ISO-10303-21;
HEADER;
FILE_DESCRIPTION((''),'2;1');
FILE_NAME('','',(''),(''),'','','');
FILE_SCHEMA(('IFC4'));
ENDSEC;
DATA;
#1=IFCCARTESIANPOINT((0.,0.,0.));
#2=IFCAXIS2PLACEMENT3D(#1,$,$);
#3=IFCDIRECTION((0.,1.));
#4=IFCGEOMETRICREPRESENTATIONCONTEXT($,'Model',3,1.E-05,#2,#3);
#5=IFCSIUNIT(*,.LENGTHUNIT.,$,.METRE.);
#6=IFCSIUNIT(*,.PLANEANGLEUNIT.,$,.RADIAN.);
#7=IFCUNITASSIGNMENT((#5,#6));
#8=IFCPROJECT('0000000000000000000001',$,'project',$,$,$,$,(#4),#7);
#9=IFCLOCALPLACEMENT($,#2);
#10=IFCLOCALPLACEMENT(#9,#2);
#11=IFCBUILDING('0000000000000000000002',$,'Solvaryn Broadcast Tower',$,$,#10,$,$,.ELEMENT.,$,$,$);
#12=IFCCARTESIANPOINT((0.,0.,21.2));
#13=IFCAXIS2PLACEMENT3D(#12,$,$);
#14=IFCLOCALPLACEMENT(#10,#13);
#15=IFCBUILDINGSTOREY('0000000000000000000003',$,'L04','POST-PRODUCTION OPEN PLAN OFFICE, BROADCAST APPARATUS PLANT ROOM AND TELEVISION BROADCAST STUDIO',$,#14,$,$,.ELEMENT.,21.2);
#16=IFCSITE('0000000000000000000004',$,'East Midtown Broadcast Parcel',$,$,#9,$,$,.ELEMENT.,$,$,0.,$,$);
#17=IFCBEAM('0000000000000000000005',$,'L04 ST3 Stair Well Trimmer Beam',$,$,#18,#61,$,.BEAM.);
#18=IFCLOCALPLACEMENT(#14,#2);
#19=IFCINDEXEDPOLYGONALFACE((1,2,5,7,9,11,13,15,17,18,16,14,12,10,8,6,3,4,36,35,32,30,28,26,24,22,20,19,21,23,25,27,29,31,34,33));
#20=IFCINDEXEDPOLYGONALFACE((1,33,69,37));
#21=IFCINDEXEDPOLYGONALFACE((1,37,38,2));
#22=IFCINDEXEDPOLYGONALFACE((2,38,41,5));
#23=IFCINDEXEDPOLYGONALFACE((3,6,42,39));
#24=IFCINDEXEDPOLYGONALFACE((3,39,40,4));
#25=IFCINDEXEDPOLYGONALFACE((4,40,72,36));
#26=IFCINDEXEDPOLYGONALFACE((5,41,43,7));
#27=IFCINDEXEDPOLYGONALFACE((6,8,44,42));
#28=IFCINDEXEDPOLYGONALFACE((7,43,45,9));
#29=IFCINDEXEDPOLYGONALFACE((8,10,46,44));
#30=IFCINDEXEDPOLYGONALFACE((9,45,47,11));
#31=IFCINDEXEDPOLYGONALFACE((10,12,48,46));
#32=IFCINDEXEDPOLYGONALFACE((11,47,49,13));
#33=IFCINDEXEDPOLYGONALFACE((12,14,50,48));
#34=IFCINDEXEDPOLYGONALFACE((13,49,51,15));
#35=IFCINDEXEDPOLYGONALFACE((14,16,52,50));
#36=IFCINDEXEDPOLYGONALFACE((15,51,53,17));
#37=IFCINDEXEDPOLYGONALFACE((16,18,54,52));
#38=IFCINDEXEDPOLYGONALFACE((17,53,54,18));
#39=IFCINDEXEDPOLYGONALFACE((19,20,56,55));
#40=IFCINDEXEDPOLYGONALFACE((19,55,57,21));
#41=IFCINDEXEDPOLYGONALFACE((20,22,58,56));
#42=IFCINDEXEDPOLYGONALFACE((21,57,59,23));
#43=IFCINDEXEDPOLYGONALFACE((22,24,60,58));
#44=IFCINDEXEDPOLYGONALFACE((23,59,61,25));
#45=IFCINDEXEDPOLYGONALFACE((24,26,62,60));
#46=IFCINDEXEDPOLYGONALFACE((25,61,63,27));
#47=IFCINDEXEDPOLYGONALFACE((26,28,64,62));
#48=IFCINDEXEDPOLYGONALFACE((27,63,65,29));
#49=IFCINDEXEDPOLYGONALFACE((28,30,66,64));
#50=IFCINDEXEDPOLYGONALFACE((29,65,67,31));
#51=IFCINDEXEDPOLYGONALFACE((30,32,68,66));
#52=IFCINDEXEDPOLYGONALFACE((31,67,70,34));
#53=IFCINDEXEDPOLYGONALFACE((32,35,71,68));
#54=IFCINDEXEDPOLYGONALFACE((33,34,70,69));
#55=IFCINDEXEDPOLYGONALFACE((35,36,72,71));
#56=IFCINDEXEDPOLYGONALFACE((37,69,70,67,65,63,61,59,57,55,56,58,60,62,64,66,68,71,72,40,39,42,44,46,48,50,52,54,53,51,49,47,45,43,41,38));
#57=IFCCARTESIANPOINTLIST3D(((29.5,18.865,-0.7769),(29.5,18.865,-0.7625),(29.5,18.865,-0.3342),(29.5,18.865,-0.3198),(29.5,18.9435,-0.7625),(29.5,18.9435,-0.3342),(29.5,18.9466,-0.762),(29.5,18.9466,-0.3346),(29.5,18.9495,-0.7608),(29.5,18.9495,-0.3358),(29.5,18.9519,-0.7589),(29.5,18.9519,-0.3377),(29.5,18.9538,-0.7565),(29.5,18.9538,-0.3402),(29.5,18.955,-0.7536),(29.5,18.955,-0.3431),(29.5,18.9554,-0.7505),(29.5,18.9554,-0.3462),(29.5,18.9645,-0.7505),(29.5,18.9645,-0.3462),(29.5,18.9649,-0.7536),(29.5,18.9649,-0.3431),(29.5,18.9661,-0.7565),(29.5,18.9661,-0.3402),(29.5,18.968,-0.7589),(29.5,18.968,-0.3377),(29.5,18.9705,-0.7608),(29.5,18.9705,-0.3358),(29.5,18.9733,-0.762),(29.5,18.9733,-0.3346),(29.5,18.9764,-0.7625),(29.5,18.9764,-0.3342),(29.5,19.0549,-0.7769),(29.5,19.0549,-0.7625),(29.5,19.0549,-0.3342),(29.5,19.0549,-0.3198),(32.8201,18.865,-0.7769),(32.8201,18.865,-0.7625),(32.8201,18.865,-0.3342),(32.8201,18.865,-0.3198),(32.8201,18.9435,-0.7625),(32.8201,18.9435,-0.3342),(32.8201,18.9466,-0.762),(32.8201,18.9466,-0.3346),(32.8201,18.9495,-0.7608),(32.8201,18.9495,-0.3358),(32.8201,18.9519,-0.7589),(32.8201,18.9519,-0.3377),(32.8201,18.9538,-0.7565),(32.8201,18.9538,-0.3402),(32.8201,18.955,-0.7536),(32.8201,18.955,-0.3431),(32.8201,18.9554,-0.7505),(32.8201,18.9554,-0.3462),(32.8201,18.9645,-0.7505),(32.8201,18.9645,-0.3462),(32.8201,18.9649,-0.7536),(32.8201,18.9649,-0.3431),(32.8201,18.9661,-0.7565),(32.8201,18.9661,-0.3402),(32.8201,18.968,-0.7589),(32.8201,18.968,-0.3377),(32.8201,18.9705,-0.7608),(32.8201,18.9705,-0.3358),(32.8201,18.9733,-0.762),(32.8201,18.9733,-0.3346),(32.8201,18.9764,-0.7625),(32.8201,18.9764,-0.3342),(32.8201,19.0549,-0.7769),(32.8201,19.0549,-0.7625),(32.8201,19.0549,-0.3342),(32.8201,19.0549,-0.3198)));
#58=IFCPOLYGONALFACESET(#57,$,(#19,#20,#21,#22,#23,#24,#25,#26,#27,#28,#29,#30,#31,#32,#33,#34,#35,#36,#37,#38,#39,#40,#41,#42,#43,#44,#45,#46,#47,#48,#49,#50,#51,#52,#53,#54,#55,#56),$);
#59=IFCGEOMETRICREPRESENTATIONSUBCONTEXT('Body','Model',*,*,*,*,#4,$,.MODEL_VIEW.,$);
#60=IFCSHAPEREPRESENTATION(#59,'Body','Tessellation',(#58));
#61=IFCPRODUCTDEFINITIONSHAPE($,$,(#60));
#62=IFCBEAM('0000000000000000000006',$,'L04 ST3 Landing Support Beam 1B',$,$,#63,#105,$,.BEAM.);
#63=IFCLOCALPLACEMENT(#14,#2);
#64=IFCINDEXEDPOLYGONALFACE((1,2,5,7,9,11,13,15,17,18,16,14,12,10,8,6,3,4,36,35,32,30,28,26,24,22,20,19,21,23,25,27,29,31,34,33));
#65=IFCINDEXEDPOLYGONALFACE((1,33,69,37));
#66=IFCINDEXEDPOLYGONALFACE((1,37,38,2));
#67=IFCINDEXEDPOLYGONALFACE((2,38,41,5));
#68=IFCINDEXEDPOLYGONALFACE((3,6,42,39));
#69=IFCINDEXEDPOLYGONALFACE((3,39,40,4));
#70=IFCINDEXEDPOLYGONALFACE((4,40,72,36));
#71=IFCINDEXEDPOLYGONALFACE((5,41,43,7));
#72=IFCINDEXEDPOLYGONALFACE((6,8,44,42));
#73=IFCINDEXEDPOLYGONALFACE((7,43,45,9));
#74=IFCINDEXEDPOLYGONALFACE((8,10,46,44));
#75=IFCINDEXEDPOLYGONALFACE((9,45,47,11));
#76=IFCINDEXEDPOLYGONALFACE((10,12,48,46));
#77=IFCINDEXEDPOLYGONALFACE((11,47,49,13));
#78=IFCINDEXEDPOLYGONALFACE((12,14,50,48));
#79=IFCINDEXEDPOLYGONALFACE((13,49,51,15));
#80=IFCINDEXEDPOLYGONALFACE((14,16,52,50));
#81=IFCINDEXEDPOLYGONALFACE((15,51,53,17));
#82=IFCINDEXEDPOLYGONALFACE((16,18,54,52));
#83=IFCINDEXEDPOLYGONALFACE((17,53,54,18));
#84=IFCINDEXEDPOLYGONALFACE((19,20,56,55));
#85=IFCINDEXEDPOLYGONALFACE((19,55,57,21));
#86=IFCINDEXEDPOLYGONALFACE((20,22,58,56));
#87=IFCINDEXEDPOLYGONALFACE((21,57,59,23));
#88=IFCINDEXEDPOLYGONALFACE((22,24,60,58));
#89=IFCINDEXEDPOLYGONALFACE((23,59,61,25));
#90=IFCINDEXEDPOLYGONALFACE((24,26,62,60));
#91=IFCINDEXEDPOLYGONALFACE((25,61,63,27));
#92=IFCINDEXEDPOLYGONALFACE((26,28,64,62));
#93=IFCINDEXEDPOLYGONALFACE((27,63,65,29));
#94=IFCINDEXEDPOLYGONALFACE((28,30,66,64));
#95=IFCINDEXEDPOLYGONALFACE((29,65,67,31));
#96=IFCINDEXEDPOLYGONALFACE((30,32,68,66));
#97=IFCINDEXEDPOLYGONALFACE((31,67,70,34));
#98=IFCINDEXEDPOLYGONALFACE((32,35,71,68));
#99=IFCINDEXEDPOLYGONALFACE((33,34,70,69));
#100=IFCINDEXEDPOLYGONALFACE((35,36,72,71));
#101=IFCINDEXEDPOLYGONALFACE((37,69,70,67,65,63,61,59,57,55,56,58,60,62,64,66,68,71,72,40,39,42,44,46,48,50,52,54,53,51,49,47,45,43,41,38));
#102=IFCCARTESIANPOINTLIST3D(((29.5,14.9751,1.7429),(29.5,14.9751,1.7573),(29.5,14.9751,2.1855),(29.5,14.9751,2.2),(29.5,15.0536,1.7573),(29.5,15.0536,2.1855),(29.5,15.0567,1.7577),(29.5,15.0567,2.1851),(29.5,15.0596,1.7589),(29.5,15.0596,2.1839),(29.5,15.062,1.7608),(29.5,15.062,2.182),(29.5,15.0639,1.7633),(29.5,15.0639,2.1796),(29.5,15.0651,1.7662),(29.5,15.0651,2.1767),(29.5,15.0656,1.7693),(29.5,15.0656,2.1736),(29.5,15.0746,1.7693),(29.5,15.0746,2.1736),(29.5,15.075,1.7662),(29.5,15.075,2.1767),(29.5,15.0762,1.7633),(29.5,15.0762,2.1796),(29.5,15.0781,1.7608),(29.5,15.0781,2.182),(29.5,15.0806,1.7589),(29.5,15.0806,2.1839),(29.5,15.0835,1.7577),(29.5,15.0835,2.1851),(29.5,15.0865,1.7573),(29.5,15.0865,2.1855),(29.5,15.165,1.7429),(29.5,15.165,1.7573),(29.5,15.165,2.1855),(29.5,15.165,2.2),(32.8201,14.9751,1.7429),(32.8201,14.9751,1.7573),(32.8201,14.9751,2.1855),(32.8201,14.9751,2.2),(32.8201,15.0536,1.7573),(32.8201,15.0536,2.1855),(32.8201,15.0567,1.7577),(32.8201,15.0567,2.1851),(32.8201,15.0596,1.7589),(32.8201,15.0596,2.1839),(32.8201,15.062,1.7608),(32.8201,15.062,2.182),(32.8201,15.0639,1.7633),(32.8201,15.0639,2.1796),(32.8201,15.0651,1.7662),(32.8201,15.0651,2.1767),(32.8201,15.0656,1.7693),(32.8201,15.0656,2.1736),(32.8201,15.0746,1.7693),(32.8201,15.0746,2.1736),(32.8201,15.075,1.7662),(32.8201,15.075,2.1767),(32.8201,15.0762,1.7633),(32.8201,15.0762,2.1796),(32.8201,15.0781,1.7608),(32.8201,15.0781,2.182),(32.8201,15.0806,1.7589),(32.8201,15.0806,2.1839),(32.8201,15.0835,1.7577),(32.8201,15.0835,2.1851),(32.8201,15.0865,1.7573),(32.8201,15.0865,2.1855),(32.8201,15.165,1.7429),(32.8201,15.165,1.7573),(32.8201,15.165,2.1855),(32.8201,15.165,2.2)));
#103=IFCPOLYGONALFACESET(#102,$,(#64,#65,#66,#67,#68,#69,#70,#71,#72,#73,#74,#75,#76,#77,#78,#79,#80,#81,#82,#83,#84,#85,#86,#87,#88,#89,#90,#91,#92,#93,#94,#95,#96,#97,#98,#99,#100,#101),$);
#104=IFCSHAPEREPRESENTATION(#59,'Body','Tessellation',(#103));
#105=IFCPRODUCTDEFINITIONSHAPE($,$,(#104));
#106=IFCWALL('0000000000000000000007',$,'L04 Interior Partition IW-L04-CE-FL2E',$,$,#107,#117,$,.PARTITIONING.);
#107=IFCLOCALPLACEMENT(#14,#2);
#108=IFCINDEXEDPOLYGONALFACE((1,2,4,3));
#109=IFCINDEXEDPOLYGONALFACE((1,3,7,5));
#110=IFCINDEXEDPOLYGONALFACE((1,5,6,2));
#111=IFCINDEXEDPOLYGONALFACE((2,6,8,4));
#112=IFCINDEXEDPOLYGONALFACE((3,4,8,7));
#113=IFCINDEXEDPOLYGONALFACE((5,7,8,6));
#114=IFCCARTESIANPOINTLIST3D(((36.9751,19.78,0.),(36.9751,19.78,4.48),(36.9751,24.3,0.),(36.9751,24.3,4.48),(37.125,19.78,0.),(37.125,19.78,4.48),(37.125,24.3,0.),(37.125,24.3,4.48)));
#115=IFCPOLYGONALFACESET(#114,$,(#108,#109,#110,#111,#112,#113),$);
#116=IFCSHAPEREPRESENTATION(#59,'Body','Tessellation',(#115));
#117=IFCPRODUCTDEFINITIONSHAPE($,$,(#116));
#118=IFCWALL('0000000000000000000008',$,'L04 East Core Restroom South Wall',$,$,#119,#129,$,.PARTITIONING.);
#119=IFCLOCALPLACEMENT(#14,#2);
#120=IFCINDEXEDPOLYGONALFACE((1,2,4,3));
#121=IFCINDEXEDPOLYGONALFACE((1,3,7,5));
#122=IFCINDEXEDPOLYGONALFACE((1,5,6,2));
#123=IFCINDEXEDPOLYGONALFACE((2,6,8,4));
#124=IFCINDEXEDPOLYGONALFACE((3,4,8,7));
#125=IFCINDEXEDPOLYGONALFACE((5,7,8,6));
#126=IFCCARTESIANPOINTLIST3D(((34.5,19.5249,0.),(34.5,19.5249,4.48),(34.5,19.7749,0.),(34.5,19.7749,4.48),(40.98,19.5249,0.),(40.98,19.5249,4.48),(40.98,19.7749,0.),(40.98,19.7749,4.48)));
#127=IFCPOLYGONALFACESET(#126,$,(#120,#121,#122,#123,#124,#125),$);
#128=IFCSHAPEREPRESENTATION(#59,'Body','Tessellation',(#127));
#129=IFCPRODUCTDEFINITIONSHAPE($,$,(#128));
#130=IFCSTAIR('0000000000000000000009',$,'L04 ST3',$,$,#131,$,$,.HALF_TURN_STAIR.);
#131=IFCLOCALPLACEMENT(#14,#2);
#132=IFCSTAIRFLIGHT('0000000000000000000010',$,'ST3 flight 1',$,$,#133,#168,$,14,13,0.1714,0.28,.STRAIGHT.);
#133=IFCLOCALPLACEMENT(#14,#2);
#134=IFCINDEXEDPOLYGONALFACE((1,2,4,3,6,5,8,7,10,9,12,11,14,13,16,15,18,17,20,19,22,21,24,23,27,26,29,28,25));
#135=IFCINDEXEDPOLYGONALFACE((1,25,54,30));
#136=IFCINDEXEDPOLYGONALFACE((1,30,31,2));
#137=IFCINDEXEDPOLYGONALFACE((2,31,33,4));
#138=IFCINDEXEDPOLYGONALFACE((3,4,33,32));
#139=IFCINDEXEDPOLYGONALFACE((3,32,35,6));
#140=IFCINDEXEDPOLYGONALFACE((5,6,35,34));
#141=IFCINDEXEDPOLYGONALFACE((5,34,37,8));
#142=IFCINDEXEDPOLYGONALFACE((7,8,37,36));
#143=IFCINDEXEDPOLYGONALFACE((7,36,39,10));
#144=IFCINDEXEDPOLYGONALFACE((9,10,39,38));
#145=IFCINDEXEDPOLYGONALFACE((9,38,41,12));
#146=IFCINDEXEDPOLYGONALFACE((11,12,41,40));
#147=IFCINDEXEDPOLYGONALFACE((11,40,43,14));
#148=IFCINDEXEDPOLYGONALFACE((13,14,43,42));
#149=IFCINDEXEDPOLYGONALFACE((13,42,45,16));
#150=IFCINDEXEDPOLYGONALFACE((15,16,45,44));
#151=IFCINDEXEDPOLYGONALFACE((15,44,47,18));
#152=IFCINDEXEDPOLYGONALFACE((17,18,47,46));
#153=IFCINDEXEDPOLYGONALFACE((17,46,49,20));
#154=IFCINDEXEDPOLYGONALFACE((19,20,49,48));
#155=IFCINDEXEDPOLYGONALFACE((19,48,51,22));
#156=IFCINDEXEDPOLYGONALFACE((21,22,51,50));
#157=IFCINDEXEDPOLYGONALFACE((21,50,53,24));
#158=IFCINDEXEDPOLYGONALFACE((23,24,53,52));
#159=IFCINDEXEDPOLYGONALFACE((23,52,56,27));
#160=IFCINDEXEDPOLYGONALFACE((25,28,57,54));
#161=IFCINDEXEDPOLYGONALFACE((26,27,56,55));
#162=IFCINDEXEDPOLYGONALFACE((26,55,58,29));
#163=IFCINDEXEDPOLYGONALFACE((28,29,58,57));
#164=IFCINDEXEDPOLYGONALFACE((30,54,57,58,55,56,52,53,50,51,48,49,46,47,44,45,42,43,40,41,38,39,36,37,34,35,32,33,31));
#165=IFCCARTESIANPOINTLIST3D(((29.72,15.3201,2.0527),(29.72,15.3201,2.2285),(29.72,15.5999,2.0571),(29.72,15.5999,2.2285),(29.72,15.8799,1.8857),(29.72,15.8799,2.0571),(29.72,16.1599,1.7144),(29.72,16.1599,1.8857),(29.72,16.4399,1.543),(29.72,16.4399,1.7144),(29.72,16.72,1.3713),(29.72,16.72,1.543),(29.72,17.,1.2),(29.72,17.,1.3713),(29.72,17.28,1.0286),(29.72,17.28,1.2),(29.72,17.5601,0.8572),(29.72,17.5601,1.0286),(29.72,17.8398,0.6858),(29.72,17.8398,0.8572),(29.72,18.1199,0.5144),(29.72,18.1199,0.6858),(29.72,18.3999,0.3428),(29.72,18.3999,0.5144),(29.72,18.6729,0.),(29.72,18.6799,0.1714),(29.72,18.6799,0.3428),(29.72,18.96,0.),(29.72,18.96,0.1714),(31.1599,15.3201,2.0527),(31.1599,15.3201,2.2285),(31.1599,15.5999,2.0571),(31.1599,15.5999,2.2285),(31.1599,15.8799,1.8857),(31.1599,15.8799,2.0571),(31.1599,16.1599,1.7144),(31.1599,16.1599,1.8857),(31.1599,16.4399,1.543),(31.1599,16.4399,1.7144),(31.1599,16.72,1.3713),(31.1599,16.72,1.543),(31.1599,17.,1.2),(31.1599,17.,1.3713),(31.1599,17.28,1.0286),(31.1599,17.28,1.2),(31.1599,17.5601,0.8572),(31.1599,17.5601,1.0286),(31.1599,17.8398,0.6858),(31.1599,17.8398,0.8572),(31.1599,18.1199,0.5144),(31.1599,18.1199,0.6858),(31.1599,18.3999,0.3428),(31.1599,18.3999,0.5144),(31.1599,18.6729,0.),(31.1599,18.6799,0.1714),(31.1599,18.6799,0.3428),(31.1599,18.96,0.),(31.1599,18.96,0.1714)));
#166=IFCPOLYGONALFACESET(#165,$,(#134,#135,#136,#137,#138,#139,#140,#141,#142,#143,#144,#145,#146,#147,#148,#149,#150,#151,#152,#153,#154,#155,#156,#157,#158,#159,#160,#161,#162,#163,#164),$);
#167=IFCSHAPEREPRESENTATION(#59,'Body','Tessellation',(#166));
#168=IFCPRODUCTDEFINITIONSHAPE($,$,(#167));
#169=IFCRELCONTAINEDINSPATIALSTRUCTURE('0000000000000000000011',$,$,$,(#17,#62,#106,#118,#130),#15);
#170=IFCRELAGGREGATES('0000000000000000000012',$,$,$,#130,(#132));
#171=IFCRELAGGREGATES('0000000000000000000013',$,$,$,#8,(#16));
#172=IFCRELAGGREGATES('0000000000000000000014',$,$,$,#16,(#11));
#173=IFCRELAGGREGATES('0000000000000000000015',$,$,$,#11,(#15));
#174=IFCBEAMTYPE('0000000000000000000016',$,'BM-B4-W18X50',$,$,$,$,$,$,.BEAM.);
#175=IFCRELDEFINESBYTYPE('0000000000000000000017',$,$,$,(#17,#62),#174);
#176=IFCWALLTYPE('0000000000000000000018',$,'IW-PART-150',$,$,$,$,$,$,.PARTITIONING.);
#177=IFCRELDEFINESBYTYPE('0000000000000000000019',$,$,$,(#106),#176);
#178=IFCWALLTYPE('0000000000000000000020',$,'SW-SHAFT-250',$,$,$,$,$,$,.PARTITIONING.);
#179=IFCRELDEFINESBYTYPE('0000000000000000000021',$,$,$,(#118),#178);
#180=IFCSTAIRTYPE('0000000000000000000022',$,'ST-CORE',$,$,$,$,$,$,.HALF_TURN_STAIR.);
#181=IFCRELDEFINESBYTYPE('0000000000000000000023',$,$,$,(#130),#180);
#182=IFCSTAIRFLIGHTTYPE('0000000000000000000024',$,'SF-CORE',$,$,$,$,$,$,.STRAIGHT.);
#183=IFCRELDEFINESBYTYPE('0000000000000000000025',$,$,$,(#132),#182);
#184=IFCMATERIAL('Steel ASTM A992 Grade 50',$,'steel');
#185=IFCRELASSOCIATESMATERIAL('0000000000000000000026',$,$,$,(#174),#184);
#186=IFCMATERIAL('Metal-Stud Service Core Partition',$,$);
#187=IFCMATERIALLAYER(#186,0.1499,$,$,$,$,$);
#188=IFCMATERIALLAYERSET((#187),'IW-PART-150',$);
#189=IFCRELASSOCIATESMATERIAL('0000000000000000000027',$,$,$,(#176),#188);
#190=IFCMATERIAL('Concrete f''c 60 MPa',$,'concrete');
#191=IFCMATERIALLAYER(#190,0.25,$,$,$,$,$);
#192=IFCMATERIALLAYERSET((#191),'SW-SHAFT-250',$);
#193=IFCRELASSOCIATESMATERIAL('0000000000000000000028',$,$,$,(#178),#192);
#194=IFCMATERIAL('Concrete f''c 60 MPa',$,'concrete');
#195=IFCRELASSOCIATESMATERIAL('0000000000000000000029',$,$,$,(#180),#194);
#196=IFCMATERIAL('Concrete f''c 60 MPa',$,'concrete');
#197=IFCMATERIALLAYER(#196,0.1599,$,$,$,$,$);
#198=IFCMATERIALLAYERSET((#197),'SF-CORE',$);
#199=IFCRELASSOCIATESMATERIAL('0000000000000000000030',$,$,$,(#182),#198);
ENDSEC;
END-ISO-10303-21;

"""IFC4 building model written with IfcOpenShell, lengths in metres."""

from ifc_helpers import new_model, si_unit, direction, frame, frame_2d, origin, origin_2d, place, context, subcontext, project, spatial, polyline, rectangle, i_section, outline, extrude, material, layer, layer_set, material_profile, profile_set, type_object, element, aggregate, save


model = new_model("IFC4")

# Units and contexts
model_context = context("Model", 3, precision=1e-05, world=origin(), true_north=direction((0.0, 1.0)))
body_context = subcontext(model_context, "Body", "Model", "MODEL_VIEW")
ifc_project = project(units=[si_unit("LENGTHUNIT", "METRE"), si_unit("PLANEANGLEUNIT", "RADIAN")], contexts=[model_context])

# Site, building, storey
site_placement = place(None, origin())
site = spatial("IfcSite", under=ifc_project, at=site_placement, Name="East Midtown Broadcast Parcel", CompositionType="ELEMENT", RefElevation=0.0)
building_placement = place(site_placement, origin())
building = spatial("IfcBuilding", under=site, at=building_placement, Name="Solvaryn Broadcast Tower", CompositionType="ELEMENT")
storey_placement = place(building_placement, frame((0.0, 0.0, 21.2)))
storey = spatial("IfcBuildingStorey", under=building, at=storey_placement, Name="L04", Description="POST-PRODUCTION OPEN PLAN OFFICE, BROADCAST APPARATUS PLANT ROOM AND TELEVISION BROADCAST STUDIO", CompositionType="ELEMENT", Elevation=21.2)

# Beams
ifc_material_1 = material(Name="Steel ASTM A992 Grade 50", Category="steel")
ifc_material_profile = material_profile(ifc_material_1, i_section(OverallWidth=0.1899, OverallDepth=0.457, WebThickness=0.009, FlangeThickness=0.0144, FilletRadius=0.012, at=origin_2d()))
ifc_profile_set = profile_set([ifc_material_profile], Name="Steel ASTM A992 Grade 50")
beam_type = type_object("IfcBeamType", Name="BM-B4-W18X50", PredefinedType="BEAM", material=ifc_profile_set)
for number, where, z_axis, x_axis, name in (
    (1, (29.5, 18.96, -0.5483), (1.0, 0.0, 0.0), (0.0, 1.0, 0.0), "L04 ST3 Stair Well Trimmer Beam"),
    (2, (29.5, 15.0701, 1.9714), (1.0, 0.0, 0.0), (0.0, 1.0, 0.0), "L04 ST3 Landing Support Beam 1B"),
):
    element("IfcBeam", number, at=place(storey_placement, frame(where, z_axis=z_axis, x_axis=x_axis)), inside=storey, type_object=beam_type, Name=name, PredefinedType="BEAM", context=body_context, shape_type="SweptSolid", body=[
        extrude(i_section(OverallWidth=0.1899, OverallDepth=0.457, WebThickness=0.009, FlangeThickness=0.0144, FilletRadius=0.012, at=origin_2d()), origin(), (0.0, 0.0, 1.0), 3.3201),
    ])

# Walls
ifc_material_2 = material(Name="Metal-Stud Service Core Partition")
ifc_layer_1 = layer(ifc_material_2, 0.1499)
ifc_layer_set_1 = layer_set([ifc_layer_1], Name="IW-PART-150")
wall_type_1 = type_object("IfcWallType", Name="IW-PART-150", PredefinedType="PARTITIONING", material=ifc_layer_set_1)
wall_1_placement = place(storey_placement, frame((37.05, 19.78, 0.0), z_axis=(0.0, 0.0, 1.0), x_axis=(0.0, 1.0, 0.0)))
element("IfcWall", 3, at=wall_1_placement, inside=storey, type_object=wall_type_1, Name="L04 Interior Partition IW-L04-CE-FL2E", PredefinedType="PARTITIONING", context=body_context, shape_type="SweptSolid", body=[
    extrude(rectangle(XDim=4.52, YDim=0.1499, at=frame_2d((2.26, 0.0))), origin(), (0.0, 0.0, 1.0), 4.48),
])
ifc_material_3 = material(Name="Concrete f'c 60 MPa", Category="concrete")
ifc_layer_2 = layer(ifc_material_3, 0.25)
ifc_layer_set_2 = layer_set([ifc_layer_2], Name="SW-SHAFT-250")
wall_type_2 = type_object("IfcWallType", Name="SW-SHAFT-250", PredefinedType="PARTITIONING", material=ifc_layer_set_2)
wall_2_placement = place(storey_placement, frame((34.5, 19.6499, 0.0), z_axis=(0.0, 0.0, 1.0), x_axis=(1.0, 0.0, 0.0)))
element("IfcWall", 4, at=wall_2_placement, inside=storey, type_object=wall_type_2, Name="L04 East Core Restroom South Wall", PredefinedType="PARTITIONING", context=body_context, shape_type="SweptSolid", body=[
    extrude(rectangle(XDim=6.48, YDim=0.25, at=frame_2d((3.24, 0.0))), origin(), (0.0, 0.0, 1.0), 4.48),
])

# Stair, stair flight
ifc_material_4 = material(Name="Concrete f'c 60 MPa", Category="concrete")
stair_type = type_object("IfcStairType", Name="ST-CORE", PredefinedType="HALF_TURN_STAIR", material=ifc_material_4)
stair_placement = place(storey_placement, origin())
stair = element("IfcStair", 5, at=stair_placement, inside=storey, type_object=stair_type, Name="L04 ST3", PredefinedType="HALF_TURN_STAIR")
ifc_material_5 = material(Name="Concrete f'c 60 MPa", Category="concrete")
ifc_layer_3 = layer(ifc_material_5, 0.1599)
ifc_layer_set_3 = layer_set([ifc_layer_3], Name="SF-CORE")
stair_flight_type = type_object("IfcStairFlightType", Name="SF-CORE", PredefinedType="STRAIGHT", material=ifc_layer_set_3)
stair_flight_1_placement = place(storey_placement, frame((30.4399, 18.96, 0.0), z_axis=(0.0, 0.0, 1.0), x_axis=(0.0, -1.0, 0.0)))
stair_flight_1 = element("IfcStairFlight", 6, at=stair_flight_1_placement, type_object=stair_flight_type, Name="ST3 flight 1", NumberOfRisers=14, NumberOfTreads=13, PredefinedType="STRAIGHT", RiserHeight=0.1714, TreadLength=0.28, context=body_context, shape_type="SweptSolid", body=[
    extrude(outline(polyline([(0.0, 0.0), (0.0, 0.1714), (0.28, 0.1714), (0.28, 0.3428), (0.5601, 0.3428), (0.5601, 0.5144), (0.8401, 0.5144), (0.8401, 0.6858), (1.1201, 0.6858), (1.1201, 0.8572), (1.3999, 0.8572), (1.3999, 1.0286), (1.6799, 1.0286), (1.6799, 1.2), (1.96, 1.2), (1.96, 1.3713), (2.24, 1.3713), (2.24, 1.543), (2.52, 1.543), (2.52, 1.7144), (2.8, 1.7144), (2.8, 1.8857), (3.0801, 1.8857), (3.0801, 2.0571), (3.3601, 2.0571), (3.3601, 2.2285), (3.6399, 2.2285), (3.6399, 2.3999), (3.6399, 2.0527), (0.2871, 0.0), (0.0, 0.0)])), frame((0.0, 0.72, 0.0), z_axis=(0.0, -1.0, 0.0), x_axis=(1.0, 0.0, 0.0)), (0.0, 0.0, 1.0), 1.4399),
])
aggregate(stair, [stair_flight_1])

save(model, "model.ifc")
